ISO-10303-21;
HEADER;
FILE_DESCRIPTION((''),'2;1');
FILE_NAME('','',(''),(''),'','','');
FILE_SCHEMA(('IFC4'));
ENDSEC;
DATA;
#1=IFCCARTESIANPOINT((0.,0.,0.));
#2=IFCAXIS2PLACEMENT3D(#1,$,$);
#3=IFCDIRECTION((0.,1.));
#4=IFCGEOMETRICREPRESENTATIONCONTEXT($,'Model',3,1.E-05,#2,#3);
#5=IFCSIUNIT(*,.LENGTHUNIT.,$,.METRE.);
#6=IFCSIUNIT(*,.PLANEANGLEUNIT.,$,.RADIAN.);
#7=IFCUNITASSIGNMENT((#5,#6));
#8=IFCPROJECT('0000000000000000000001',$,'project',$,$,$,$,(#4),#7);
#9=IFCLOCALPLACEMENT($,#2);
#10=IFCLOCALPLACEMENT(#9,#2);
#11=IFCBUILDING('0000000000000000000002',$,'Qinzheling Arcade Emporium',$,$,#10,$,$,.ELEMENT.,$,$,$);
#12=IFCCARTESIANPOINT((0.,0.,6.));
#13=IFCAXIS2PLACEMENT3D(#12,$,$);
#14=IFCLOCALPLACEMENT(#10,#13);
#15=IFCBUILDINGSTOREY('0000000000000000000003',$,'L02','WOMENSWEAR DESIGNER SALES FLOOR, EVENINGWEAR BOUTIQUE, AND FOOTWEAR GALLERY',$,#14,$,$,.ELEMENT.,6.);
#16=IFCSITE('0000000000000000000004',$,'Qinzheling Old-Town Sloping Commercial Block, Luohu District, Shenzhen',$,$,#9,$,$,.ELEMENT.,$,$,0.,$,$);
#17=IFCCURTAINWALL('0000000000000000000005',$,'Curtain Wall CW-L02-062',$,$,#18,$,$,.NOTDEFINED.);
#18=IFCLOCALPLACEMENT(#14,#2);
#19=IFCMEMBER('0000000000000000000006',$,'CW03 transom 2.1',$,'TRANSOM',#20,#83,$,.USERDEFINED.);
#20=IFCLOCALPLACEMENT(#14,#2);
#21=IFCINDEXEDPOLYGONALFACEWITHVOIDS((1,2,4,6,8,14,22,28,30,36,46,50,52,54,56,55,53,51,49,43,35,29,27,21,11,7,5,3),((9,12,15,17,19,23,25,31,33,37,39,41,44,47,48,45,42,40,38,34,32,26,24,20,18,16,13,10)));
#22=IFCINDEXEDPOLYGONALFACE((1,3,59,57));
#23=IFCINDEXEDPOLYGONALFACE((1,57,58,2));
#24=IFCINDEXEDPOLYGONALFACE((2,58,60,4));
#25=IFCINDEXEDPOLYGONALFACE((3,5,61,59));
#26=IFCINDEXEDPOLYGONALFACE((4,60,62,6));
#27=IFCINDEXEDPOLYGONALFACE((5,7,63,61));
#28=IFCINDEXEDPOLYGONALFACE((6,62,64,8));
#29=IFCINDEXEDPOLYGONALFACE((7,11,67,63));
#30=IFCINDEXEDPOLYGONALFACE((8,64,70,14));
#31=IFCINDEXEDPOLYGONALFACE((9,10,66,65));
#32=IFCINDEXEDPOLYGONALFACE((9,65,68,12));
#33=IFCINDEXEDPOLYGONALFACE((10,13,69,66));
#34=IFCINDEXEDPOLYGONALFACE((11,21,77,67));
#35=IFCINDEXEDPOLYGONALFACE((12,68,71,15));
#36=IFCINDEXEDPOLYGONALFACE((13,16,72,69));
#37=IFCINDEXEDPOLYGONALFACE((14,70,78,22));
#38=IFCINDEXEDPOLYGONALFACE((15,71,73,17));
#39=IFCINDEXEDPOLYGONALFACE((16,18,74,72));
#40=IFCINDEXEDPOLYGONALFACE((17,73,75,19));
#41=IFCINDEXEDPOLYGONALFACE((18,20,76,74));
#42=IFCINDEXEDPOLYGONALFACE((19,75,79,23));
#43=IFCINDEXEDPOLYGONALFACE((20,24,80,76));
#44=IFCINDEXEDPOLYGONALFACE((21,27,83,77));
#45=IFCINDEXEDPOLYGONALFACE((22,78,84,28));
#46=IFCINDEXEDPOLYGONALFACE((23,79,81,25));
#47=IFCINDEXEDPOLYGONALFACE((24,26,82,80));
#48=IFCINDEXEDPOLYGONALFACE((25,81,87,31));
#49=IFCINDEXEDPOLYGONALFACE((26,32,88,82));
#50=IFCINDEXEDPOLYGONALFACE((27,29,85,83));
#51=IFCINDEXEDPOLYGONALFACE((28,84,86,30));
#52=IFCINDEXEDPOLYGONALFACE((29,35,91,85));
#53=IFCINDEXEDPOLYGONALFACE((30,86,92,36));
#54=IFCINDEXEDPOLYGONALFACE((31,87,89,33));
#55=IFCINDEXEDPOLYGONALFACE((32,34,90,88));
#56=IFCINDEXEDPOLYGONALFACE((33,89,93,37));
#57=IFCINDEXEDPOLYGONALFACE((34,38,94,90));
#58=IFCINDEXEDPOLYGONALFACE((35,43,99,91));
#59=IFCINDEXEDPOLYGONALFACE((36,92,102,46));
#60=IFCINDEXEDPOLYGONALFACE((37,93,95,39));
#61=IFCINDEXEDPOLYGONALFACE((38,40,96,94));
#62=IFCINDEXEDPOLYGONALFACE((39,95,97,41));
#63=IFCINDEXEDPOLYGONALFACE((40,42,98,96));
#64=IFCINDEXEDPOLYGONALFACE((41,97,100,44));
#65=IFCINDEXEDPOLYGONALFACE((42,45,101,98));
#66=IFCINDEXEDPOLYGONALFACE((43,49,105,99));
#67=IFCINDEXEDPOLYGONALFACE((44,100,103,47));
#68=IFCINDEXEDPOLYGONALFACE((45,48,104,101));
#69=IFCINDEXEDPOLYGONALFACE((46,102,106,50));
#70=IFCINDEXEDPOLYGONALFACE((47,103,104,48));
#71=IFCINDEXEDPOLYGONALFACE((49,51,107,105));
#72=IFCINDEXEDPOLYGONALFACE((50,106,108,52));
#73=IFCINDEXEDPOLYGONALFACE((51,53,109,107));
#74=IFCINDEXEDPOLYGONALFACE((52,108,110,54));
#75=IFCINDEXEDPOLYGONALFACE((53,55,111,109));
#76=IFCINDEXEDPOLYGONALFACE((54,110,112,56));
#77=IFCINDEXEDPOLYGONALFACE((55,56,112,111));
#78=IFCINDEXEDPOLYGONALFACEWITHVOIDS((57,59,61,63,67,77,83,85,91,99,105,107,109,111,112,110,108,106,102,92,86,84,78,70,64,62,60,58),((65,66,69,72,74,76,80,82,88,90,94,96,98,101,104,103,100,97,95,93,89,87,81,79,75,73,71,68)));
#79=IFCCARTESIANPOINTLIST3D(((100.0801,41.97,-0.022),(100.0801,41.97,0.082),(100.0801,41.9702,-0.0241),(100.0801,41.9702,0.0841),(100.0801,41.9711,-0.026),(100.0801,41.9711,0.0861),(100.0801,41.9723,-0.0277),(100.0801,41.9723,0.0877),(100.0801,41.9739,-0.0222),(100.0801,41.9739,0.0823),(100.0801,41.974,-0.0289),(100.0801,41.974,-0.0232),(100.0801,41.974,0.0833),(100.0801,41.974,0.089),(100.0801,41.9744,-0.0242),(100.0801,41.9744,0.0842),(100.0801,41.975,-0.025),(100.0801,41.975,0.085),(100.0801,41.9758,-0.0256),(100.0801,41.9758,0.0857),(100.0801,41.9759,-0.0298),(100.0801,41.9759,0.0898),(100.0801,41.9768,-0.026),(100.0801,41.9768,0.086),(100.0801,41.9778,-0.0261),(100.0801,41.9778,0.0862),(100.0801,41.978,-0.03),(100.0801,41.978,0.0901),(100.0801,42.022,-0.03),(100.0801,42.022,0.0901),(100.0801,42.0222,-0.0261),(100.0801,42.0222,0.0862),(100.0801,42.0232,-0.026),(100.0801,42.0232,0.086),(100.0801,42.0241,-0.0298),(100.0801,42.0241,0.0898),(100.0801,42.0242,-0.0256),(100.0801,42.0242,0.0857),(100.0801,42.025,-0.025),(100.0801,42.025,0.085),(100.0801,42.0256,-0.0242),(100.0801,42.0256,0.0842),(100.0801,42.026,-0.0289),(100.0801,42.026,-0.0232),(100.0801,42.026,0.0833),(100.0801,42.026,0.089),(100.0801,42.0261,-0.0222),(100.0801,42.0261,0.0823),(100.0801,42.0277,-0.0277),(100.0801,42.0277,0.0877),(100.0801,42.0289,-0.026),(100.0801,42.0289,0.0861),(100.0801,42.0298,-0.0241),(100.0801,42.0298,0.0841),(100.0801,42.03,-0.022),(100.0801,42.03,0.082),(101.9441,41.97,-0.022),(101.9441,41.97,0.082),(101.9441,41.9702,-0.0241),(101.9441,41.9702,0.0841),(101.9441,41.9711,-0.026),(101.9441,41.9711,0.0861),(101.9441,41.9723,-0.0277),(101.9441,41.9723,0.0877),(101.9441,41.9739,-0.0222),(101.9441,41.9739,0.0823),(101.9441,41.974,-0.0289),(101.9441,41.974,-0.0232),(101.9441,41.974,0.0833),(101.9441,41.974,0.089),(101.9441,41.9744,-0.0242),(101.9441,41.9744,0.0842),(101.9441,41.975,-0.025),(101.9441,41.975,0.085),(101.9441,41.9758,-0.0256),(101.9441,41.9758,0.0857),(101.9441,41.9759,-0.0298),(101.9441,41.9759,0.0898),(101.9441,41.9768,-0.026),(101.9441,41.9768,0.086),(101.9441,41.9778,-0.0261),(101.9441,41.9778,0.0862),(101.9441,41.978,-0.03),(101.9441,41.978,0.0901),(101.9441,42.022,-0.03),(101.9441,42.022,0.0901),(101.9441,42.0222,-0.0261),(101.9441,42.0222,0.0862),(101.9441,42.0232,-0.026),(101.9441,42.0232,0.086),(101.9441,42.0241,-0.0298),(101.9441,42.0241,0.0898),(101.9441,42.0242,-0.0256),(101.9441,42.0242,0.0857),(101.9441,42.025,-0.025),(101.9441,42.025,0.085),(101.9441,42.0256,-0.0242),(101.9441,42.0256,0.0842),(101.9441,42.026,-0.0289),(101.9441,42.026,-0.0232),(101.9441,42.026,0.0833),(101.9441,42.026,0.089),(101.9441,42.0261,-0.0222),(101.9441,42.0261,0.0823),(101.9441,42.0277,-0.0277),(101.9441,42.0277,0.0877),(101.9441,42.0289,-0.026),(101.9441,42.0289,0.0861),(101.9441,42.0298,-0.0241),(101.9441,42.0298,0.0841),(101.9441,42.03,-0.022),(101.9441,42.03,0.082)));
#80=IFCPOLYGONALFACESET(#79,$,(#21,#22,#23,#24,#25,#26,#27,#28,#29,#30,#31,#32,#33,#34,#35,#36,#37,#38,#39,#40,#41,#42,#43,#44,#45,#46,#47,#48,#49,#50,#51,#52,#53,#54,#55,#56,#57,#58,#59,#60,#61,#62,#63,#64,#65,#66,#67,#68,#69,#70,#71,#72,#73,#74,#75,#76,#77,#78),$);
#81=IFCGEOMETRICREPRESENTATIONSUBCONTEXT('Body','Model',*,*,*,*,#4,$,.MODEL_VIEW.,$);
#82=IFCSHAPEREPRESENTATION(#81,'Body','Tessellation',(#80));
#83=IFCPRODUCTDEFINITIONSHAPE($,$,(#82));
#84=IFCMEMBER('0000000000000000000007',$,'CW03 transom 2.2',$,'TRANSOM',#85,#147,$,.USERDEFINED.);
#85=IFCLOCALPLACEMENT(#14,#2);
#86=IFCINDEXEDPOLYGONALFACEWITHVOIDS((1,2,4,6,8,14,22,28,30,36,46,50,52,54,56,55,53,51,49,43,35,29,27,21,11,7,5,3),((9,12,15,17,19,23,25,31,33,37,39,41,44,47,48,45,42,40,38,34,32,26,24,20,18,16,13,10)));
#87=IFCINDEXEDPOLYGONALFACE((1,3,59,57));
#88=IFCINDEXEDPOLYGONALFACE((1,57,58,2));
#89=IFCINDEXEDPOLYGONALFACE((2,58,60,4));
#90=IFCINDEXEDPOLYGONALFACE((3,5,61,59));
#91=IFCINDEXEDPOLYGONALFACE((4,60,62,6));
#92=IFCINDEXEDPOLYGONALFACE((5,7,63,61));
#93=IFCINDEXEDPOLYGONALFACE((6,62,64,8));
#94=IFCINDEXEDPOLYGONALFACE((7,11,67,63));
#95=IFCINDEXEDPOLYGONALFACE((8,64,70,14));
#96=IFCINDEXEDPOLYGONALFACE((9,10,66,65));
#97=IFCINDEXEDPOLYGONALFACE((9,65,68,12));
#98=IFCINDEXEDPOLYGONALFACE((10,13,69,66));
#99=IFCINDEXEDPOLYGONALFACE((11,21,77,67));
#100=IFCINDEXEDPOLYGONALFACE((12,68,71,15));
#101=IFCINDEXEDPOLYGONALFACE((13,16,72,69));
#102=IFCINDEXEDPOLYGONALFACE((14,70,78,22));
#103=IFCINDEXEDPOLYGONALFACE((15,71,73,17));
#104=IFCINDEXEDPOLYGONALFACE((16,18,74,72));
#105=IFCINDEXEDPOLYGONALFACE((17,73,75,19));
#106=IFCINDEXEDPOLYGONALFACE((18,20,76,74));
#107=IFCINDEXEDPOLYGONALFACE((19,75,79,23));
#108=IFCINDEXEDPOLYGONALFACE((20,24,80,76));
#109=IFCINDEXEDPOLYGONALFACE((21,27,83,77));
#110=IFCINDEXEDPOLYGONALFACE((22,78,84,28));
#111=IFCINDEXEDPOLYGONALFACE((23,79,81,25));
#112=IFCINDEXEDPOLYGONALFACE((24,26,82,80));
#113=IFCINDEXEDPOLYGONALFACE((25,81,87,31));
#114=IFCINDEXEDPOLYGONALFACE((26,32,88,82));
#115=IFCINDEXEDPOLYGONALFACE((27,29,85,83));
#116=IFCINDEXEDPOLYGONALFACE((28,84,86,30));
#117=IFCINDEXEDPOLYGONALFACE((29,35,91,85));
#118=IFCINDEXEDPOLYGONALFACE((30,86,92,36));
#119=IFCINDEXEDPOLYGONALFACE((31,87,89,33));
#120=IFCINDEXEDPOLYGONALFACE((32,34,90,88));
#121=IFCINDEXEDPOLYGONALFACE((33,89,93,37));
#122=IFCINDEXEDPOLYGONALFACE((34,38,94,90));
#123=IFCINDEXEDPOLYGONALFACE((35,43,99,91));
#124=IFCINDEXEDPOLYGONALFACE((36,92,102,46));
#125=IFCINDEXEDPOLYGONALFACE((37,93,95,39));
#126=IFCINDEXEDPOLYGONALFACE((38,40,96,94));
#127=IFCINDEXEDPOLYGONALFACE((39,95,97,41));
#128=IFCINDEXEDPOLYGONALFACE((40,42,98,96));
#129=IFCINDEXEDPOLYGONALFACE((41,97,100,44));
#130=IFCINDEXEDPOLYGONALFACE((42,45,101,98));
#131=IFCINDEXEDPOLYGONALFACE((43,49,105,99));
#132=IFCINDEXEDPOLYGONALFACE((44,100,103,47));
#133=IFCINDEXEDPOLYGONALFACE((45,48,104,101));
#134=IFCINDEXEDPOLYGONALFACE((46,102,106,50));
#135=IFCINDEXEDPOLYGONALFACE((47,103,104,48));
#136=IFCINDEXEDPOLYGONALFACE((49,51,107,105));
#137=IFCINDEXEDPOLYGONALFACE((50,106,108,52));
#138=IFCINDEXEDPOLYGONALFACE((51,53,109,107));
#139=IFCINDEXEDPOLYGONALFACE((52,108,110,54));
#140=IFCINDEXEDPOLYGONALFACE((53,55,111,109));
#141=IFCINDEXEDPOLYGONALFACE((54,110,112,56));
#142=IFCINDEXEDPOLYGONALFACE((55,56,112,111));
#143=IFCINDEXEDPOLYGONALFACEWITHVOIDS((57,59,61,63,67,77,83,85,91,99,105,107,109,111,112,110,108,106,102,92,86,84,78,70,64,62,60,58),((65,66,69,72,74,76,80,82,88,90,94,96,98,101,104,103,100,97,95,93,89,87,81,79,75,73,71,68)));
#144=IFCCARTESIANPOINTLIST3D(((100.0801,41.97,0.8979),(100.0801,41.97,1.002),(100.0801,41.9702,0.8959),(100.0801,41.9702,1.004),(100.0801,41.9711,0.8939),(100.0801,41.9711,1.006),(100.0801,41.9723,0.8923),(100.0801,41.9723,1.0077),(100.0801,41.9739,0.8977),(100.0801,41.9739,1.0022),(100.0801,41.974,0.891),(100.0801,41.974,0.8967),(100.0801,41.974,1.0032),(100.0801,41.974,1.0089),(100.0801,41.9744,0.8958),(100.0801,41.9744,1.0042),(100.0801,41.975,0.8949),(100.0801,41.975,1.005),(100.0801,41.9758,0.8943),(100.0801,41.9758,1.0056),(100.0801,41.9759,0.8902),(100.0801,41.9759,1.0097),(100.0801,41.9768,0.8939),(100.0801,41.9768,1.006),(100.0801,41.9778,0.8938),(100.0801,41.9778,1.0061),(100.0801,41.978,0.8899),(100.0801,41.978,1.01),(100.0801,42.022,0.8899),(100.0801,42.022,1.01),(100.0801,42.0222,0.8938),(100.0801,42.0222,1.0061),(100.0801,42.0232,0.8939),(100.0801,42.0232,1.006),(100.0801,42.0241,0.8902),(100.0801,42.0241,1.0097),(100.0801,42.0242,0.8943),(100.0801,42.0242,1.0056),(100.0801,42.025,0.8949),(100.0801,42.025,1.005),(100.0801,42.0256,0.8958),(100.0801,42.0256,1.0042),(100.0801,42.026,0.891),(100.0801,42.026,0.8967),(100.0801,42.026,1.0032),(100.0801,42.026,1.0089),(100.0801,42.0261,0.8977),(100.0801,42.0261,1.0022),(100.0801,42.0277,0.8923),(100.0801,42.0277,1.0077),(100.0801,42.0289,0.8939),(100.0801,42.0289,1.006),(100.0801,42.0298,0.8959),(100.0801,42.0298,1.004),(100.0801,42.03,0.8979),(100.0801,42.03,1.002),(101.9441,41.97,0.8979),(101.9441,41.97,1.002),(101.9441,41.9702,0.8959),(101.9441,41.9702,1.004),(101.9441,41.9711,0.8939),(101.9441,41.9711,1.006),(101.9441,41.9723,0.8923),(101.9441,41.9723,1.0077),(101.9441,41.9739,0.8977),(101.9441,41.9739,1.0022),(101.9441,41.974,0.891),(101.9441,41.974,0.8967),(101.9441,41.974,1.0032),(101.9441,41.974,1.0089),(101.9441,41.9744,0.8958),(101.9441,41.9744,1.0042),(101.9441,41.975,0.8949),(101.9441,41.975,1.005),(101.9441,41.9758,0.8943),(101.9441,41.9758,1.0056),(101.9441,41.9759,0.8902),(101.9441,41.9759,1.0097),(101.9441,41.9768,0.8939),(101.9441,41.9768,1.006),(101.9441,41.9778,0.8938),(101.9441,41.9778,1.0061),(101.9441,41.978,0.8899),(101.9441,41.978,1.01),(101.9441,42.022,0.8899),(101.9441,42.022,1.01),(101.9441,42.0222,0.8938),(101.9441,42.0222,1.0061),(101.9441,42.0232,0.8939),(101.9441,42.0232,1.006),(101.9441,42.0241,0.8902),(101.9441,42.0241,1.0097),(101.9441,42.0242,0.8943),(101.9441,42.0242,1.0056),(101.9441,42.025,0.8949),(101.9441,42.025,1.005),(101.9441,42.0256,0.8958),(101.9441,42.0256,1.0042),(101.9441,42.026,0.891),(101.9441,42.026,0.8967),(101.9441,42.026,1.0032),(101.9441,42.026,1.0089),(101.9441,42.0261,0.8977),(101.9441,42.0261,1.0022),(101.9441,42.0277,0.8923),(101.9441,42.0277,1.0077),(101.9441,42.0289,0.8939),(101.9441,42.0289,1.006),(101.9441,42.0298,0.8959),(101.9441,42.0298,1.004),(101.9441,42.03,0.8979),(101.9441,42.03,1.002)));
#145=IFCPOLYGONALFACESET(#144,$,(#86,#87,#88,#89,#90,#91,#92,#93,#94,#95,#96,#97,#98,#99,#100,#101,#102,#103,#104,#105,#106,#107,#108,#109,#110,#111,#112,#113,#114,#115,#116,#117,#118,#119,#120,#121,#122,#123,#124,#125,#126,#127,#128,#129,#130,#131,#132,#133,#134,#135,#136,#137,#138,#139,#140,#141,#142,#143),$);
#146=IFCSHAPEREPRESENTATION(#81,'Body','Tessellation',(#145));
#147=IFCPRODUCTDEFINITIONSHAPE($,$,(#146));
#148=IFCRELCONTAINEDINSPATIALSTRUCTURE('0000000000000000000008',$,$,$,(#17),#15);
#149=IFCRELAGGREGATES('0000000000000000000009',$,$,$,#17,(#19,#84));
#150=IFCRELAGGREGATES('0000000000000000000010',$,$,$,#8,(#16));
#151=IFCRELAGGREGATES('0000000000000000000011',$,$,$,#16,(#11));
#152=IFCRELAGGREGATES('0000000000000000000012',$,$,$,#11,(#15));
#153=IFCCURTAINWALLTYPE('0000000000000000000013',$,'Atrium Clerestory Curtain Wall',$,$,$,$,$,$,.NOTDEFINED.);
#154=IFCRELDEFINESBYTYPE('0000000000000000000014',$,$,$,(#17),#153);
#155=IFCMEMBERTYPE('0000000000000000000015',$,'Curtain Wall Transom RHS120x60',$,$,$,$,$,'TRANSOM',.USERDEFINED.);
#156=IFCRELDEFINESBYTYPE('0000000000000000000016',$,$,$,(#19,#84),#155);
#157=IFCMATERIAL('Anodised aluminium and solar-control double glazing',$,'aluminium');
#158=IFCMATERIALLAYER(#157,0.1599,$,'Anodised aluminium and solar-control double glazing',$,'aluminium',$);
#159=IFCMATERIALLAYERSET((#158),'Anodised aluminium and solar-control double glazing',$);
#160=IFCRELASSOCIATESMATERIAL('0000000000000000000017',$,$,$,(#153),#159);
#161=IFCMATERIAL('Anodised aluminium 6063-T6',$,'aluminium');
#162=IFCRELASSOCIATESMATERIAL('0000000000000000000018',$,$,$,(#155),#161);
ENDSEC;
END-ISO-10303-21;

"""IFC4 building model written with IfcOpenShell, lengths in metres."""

from ifc_helpers import new_model, si_unit, direction, frame, origin, origin_2d, place, context, subcontext, project, spatial, hollow_rectangle, extrude, material, layer, layer_set, material_profile, profile_set, type_object, element, aggregate, save


model = new_model("IFC4")

# Units and contexts
model_context = context("Model", 3, precision=1e-05, world=origin(), true_north=direction((0.0, 1.0)))
body_context = subcontext(model_context, "Body", "Model", "MODEL_VIEW")
ifc_project = project(units=[si_unit("LENGTHUNIT", "METRE"), si_unit("PLANEANGLEUNIT", "RADIAN")], contexts=[model_context])

# Site, building, storey
site_placement = place(None, origin())
site = spatial("IfcSite", under=ifc_project, at=site_placement, Name="Qinzheling Old-Town Sloping Commercial Block, Luohu District, Shenzhen", CompositionType="ELEMENT", RefElevation=0.0)
building_placement = place(site_placement, origin())
building = spatial("IfcBuilding", under=site, at=building_placement, Name="Qinzheling Arcade Emporium", CompositionType="ELEMENT")
storey_placement = place(building_placement, frame((0.0, 0.0, 6.0)))
storey = spatial("IfcBuildingStorey", under=building, at=storey_placement, Name="L02", Description="WOMENSWEAR DESIGNER SALES FLOOR, EVENINGWEAR BOUTIQUE, AND FOOTWEAR GALLERY", CompositionType="ELEMENT", Elevation=6.0)

# Curtain wall, members
ifc_material_1 = material(Name="Anodised aluminium and solar-control double glazing", Category="aluminium")
ifc_layer_1 = layer(ifc_material_1, 0.1599, Name="Anodised aluminium and solar-control double glazing", Category="aluminium")
ifc_layer_set_1 = layer_set([ifc_layer_1], Name="Anodised aluminium and solar-control double glazing")
curtain_wall_type = type_object("IfcCurtainWallType", Name="Atrium Clerestory Curtain Wall", PredefinedType="NOTDEFINED", material=ifc_layer_set_1)
curtain_wall_placement = place(storey_placement, origin())
curtain_wall = element("IfcCurtainWall", 1, at=curtain_wall_placement, inside=storey, type_object=curtain_wall_type, Name="Curtain Wall CW-L02-062", PredefinedType="NOTDEFINED")
ifc_material_2 = material(Name="Anodised aluminium 6063-T6", Category="aluminium")
ifc_material_profile_1 = material_profile(ifc_material_2, hollow_rectangle(XDim=0.0601, YDim=0.1201, WallThickness=0.0039, InnerFilletRadius=0.0039, OuterFilletRadius=0.0081, at=origin_2d()), Name="RHS 120x60x4", Category="aluminium")
ifc_profile_set_1 = profile_set([ifc_material_profile_1], Name="Anodised aluminium 6063-T6")
member_type_1 = type_object("IfcMemberType", Name="Curtain Wall Transom RHS120x60", ElementType="TRANSOM", PredefinedType="USERDEFINED", material=ifc_profile_set_1)
member_1_placement = place(storey_placement, frame((101.9441, 42.0, 0.03), z_axis=(-1.0, 0.0, 0.0), x_axis=(0.0, -1.0, 0.0)))
member_1 = element("IfcMember", 2, at=member_1_placement, type_object=member_type_1, Name="CW03 transom 2.1", ObjectType="TRANSOM", PredefinedType="USERDEFINED", context=body_context, shape_type="SweptSolid", body=[
    extrude(hollow_rectangle(XDim=0.0601, YDim=0.1201, WallThickness=0.0039, InnerFilletRadius=0.0039, OuterFilletRadius=0.0081, at=origin_2d()), origin(), (0.0, 0.0, 1.0), 1.864),
])
member_2_placement = place(storey_placement, frame((101.9441, 42.0, 0.95), z_axis=(-1.0, 0.0, 0.0), x_axis=(0.0, -1.0, 0.0)))
member_2 = element("IfcMember", 3, at=member_2_placement, type_object=member_type_1, Name="CW03 transom 2.2", ObjectType="TRANSOM", PredefinedType="USERDEFINED", context=body_context, shape_type="SweptSolid", body=[
    extrude(hollow_rectangle(XDim=0.0601, YDim=0.1201, WallThickness=0.0039, InnerFilletRadius=0.0039, OuterFilletRadius=0.0081, at=origin_2d()), origin(), (0.0, 0.0, 1.0), 1.864),
])

aggregate(curtain_wall, [member_1, member_2])

save(model, "model.ifc")
